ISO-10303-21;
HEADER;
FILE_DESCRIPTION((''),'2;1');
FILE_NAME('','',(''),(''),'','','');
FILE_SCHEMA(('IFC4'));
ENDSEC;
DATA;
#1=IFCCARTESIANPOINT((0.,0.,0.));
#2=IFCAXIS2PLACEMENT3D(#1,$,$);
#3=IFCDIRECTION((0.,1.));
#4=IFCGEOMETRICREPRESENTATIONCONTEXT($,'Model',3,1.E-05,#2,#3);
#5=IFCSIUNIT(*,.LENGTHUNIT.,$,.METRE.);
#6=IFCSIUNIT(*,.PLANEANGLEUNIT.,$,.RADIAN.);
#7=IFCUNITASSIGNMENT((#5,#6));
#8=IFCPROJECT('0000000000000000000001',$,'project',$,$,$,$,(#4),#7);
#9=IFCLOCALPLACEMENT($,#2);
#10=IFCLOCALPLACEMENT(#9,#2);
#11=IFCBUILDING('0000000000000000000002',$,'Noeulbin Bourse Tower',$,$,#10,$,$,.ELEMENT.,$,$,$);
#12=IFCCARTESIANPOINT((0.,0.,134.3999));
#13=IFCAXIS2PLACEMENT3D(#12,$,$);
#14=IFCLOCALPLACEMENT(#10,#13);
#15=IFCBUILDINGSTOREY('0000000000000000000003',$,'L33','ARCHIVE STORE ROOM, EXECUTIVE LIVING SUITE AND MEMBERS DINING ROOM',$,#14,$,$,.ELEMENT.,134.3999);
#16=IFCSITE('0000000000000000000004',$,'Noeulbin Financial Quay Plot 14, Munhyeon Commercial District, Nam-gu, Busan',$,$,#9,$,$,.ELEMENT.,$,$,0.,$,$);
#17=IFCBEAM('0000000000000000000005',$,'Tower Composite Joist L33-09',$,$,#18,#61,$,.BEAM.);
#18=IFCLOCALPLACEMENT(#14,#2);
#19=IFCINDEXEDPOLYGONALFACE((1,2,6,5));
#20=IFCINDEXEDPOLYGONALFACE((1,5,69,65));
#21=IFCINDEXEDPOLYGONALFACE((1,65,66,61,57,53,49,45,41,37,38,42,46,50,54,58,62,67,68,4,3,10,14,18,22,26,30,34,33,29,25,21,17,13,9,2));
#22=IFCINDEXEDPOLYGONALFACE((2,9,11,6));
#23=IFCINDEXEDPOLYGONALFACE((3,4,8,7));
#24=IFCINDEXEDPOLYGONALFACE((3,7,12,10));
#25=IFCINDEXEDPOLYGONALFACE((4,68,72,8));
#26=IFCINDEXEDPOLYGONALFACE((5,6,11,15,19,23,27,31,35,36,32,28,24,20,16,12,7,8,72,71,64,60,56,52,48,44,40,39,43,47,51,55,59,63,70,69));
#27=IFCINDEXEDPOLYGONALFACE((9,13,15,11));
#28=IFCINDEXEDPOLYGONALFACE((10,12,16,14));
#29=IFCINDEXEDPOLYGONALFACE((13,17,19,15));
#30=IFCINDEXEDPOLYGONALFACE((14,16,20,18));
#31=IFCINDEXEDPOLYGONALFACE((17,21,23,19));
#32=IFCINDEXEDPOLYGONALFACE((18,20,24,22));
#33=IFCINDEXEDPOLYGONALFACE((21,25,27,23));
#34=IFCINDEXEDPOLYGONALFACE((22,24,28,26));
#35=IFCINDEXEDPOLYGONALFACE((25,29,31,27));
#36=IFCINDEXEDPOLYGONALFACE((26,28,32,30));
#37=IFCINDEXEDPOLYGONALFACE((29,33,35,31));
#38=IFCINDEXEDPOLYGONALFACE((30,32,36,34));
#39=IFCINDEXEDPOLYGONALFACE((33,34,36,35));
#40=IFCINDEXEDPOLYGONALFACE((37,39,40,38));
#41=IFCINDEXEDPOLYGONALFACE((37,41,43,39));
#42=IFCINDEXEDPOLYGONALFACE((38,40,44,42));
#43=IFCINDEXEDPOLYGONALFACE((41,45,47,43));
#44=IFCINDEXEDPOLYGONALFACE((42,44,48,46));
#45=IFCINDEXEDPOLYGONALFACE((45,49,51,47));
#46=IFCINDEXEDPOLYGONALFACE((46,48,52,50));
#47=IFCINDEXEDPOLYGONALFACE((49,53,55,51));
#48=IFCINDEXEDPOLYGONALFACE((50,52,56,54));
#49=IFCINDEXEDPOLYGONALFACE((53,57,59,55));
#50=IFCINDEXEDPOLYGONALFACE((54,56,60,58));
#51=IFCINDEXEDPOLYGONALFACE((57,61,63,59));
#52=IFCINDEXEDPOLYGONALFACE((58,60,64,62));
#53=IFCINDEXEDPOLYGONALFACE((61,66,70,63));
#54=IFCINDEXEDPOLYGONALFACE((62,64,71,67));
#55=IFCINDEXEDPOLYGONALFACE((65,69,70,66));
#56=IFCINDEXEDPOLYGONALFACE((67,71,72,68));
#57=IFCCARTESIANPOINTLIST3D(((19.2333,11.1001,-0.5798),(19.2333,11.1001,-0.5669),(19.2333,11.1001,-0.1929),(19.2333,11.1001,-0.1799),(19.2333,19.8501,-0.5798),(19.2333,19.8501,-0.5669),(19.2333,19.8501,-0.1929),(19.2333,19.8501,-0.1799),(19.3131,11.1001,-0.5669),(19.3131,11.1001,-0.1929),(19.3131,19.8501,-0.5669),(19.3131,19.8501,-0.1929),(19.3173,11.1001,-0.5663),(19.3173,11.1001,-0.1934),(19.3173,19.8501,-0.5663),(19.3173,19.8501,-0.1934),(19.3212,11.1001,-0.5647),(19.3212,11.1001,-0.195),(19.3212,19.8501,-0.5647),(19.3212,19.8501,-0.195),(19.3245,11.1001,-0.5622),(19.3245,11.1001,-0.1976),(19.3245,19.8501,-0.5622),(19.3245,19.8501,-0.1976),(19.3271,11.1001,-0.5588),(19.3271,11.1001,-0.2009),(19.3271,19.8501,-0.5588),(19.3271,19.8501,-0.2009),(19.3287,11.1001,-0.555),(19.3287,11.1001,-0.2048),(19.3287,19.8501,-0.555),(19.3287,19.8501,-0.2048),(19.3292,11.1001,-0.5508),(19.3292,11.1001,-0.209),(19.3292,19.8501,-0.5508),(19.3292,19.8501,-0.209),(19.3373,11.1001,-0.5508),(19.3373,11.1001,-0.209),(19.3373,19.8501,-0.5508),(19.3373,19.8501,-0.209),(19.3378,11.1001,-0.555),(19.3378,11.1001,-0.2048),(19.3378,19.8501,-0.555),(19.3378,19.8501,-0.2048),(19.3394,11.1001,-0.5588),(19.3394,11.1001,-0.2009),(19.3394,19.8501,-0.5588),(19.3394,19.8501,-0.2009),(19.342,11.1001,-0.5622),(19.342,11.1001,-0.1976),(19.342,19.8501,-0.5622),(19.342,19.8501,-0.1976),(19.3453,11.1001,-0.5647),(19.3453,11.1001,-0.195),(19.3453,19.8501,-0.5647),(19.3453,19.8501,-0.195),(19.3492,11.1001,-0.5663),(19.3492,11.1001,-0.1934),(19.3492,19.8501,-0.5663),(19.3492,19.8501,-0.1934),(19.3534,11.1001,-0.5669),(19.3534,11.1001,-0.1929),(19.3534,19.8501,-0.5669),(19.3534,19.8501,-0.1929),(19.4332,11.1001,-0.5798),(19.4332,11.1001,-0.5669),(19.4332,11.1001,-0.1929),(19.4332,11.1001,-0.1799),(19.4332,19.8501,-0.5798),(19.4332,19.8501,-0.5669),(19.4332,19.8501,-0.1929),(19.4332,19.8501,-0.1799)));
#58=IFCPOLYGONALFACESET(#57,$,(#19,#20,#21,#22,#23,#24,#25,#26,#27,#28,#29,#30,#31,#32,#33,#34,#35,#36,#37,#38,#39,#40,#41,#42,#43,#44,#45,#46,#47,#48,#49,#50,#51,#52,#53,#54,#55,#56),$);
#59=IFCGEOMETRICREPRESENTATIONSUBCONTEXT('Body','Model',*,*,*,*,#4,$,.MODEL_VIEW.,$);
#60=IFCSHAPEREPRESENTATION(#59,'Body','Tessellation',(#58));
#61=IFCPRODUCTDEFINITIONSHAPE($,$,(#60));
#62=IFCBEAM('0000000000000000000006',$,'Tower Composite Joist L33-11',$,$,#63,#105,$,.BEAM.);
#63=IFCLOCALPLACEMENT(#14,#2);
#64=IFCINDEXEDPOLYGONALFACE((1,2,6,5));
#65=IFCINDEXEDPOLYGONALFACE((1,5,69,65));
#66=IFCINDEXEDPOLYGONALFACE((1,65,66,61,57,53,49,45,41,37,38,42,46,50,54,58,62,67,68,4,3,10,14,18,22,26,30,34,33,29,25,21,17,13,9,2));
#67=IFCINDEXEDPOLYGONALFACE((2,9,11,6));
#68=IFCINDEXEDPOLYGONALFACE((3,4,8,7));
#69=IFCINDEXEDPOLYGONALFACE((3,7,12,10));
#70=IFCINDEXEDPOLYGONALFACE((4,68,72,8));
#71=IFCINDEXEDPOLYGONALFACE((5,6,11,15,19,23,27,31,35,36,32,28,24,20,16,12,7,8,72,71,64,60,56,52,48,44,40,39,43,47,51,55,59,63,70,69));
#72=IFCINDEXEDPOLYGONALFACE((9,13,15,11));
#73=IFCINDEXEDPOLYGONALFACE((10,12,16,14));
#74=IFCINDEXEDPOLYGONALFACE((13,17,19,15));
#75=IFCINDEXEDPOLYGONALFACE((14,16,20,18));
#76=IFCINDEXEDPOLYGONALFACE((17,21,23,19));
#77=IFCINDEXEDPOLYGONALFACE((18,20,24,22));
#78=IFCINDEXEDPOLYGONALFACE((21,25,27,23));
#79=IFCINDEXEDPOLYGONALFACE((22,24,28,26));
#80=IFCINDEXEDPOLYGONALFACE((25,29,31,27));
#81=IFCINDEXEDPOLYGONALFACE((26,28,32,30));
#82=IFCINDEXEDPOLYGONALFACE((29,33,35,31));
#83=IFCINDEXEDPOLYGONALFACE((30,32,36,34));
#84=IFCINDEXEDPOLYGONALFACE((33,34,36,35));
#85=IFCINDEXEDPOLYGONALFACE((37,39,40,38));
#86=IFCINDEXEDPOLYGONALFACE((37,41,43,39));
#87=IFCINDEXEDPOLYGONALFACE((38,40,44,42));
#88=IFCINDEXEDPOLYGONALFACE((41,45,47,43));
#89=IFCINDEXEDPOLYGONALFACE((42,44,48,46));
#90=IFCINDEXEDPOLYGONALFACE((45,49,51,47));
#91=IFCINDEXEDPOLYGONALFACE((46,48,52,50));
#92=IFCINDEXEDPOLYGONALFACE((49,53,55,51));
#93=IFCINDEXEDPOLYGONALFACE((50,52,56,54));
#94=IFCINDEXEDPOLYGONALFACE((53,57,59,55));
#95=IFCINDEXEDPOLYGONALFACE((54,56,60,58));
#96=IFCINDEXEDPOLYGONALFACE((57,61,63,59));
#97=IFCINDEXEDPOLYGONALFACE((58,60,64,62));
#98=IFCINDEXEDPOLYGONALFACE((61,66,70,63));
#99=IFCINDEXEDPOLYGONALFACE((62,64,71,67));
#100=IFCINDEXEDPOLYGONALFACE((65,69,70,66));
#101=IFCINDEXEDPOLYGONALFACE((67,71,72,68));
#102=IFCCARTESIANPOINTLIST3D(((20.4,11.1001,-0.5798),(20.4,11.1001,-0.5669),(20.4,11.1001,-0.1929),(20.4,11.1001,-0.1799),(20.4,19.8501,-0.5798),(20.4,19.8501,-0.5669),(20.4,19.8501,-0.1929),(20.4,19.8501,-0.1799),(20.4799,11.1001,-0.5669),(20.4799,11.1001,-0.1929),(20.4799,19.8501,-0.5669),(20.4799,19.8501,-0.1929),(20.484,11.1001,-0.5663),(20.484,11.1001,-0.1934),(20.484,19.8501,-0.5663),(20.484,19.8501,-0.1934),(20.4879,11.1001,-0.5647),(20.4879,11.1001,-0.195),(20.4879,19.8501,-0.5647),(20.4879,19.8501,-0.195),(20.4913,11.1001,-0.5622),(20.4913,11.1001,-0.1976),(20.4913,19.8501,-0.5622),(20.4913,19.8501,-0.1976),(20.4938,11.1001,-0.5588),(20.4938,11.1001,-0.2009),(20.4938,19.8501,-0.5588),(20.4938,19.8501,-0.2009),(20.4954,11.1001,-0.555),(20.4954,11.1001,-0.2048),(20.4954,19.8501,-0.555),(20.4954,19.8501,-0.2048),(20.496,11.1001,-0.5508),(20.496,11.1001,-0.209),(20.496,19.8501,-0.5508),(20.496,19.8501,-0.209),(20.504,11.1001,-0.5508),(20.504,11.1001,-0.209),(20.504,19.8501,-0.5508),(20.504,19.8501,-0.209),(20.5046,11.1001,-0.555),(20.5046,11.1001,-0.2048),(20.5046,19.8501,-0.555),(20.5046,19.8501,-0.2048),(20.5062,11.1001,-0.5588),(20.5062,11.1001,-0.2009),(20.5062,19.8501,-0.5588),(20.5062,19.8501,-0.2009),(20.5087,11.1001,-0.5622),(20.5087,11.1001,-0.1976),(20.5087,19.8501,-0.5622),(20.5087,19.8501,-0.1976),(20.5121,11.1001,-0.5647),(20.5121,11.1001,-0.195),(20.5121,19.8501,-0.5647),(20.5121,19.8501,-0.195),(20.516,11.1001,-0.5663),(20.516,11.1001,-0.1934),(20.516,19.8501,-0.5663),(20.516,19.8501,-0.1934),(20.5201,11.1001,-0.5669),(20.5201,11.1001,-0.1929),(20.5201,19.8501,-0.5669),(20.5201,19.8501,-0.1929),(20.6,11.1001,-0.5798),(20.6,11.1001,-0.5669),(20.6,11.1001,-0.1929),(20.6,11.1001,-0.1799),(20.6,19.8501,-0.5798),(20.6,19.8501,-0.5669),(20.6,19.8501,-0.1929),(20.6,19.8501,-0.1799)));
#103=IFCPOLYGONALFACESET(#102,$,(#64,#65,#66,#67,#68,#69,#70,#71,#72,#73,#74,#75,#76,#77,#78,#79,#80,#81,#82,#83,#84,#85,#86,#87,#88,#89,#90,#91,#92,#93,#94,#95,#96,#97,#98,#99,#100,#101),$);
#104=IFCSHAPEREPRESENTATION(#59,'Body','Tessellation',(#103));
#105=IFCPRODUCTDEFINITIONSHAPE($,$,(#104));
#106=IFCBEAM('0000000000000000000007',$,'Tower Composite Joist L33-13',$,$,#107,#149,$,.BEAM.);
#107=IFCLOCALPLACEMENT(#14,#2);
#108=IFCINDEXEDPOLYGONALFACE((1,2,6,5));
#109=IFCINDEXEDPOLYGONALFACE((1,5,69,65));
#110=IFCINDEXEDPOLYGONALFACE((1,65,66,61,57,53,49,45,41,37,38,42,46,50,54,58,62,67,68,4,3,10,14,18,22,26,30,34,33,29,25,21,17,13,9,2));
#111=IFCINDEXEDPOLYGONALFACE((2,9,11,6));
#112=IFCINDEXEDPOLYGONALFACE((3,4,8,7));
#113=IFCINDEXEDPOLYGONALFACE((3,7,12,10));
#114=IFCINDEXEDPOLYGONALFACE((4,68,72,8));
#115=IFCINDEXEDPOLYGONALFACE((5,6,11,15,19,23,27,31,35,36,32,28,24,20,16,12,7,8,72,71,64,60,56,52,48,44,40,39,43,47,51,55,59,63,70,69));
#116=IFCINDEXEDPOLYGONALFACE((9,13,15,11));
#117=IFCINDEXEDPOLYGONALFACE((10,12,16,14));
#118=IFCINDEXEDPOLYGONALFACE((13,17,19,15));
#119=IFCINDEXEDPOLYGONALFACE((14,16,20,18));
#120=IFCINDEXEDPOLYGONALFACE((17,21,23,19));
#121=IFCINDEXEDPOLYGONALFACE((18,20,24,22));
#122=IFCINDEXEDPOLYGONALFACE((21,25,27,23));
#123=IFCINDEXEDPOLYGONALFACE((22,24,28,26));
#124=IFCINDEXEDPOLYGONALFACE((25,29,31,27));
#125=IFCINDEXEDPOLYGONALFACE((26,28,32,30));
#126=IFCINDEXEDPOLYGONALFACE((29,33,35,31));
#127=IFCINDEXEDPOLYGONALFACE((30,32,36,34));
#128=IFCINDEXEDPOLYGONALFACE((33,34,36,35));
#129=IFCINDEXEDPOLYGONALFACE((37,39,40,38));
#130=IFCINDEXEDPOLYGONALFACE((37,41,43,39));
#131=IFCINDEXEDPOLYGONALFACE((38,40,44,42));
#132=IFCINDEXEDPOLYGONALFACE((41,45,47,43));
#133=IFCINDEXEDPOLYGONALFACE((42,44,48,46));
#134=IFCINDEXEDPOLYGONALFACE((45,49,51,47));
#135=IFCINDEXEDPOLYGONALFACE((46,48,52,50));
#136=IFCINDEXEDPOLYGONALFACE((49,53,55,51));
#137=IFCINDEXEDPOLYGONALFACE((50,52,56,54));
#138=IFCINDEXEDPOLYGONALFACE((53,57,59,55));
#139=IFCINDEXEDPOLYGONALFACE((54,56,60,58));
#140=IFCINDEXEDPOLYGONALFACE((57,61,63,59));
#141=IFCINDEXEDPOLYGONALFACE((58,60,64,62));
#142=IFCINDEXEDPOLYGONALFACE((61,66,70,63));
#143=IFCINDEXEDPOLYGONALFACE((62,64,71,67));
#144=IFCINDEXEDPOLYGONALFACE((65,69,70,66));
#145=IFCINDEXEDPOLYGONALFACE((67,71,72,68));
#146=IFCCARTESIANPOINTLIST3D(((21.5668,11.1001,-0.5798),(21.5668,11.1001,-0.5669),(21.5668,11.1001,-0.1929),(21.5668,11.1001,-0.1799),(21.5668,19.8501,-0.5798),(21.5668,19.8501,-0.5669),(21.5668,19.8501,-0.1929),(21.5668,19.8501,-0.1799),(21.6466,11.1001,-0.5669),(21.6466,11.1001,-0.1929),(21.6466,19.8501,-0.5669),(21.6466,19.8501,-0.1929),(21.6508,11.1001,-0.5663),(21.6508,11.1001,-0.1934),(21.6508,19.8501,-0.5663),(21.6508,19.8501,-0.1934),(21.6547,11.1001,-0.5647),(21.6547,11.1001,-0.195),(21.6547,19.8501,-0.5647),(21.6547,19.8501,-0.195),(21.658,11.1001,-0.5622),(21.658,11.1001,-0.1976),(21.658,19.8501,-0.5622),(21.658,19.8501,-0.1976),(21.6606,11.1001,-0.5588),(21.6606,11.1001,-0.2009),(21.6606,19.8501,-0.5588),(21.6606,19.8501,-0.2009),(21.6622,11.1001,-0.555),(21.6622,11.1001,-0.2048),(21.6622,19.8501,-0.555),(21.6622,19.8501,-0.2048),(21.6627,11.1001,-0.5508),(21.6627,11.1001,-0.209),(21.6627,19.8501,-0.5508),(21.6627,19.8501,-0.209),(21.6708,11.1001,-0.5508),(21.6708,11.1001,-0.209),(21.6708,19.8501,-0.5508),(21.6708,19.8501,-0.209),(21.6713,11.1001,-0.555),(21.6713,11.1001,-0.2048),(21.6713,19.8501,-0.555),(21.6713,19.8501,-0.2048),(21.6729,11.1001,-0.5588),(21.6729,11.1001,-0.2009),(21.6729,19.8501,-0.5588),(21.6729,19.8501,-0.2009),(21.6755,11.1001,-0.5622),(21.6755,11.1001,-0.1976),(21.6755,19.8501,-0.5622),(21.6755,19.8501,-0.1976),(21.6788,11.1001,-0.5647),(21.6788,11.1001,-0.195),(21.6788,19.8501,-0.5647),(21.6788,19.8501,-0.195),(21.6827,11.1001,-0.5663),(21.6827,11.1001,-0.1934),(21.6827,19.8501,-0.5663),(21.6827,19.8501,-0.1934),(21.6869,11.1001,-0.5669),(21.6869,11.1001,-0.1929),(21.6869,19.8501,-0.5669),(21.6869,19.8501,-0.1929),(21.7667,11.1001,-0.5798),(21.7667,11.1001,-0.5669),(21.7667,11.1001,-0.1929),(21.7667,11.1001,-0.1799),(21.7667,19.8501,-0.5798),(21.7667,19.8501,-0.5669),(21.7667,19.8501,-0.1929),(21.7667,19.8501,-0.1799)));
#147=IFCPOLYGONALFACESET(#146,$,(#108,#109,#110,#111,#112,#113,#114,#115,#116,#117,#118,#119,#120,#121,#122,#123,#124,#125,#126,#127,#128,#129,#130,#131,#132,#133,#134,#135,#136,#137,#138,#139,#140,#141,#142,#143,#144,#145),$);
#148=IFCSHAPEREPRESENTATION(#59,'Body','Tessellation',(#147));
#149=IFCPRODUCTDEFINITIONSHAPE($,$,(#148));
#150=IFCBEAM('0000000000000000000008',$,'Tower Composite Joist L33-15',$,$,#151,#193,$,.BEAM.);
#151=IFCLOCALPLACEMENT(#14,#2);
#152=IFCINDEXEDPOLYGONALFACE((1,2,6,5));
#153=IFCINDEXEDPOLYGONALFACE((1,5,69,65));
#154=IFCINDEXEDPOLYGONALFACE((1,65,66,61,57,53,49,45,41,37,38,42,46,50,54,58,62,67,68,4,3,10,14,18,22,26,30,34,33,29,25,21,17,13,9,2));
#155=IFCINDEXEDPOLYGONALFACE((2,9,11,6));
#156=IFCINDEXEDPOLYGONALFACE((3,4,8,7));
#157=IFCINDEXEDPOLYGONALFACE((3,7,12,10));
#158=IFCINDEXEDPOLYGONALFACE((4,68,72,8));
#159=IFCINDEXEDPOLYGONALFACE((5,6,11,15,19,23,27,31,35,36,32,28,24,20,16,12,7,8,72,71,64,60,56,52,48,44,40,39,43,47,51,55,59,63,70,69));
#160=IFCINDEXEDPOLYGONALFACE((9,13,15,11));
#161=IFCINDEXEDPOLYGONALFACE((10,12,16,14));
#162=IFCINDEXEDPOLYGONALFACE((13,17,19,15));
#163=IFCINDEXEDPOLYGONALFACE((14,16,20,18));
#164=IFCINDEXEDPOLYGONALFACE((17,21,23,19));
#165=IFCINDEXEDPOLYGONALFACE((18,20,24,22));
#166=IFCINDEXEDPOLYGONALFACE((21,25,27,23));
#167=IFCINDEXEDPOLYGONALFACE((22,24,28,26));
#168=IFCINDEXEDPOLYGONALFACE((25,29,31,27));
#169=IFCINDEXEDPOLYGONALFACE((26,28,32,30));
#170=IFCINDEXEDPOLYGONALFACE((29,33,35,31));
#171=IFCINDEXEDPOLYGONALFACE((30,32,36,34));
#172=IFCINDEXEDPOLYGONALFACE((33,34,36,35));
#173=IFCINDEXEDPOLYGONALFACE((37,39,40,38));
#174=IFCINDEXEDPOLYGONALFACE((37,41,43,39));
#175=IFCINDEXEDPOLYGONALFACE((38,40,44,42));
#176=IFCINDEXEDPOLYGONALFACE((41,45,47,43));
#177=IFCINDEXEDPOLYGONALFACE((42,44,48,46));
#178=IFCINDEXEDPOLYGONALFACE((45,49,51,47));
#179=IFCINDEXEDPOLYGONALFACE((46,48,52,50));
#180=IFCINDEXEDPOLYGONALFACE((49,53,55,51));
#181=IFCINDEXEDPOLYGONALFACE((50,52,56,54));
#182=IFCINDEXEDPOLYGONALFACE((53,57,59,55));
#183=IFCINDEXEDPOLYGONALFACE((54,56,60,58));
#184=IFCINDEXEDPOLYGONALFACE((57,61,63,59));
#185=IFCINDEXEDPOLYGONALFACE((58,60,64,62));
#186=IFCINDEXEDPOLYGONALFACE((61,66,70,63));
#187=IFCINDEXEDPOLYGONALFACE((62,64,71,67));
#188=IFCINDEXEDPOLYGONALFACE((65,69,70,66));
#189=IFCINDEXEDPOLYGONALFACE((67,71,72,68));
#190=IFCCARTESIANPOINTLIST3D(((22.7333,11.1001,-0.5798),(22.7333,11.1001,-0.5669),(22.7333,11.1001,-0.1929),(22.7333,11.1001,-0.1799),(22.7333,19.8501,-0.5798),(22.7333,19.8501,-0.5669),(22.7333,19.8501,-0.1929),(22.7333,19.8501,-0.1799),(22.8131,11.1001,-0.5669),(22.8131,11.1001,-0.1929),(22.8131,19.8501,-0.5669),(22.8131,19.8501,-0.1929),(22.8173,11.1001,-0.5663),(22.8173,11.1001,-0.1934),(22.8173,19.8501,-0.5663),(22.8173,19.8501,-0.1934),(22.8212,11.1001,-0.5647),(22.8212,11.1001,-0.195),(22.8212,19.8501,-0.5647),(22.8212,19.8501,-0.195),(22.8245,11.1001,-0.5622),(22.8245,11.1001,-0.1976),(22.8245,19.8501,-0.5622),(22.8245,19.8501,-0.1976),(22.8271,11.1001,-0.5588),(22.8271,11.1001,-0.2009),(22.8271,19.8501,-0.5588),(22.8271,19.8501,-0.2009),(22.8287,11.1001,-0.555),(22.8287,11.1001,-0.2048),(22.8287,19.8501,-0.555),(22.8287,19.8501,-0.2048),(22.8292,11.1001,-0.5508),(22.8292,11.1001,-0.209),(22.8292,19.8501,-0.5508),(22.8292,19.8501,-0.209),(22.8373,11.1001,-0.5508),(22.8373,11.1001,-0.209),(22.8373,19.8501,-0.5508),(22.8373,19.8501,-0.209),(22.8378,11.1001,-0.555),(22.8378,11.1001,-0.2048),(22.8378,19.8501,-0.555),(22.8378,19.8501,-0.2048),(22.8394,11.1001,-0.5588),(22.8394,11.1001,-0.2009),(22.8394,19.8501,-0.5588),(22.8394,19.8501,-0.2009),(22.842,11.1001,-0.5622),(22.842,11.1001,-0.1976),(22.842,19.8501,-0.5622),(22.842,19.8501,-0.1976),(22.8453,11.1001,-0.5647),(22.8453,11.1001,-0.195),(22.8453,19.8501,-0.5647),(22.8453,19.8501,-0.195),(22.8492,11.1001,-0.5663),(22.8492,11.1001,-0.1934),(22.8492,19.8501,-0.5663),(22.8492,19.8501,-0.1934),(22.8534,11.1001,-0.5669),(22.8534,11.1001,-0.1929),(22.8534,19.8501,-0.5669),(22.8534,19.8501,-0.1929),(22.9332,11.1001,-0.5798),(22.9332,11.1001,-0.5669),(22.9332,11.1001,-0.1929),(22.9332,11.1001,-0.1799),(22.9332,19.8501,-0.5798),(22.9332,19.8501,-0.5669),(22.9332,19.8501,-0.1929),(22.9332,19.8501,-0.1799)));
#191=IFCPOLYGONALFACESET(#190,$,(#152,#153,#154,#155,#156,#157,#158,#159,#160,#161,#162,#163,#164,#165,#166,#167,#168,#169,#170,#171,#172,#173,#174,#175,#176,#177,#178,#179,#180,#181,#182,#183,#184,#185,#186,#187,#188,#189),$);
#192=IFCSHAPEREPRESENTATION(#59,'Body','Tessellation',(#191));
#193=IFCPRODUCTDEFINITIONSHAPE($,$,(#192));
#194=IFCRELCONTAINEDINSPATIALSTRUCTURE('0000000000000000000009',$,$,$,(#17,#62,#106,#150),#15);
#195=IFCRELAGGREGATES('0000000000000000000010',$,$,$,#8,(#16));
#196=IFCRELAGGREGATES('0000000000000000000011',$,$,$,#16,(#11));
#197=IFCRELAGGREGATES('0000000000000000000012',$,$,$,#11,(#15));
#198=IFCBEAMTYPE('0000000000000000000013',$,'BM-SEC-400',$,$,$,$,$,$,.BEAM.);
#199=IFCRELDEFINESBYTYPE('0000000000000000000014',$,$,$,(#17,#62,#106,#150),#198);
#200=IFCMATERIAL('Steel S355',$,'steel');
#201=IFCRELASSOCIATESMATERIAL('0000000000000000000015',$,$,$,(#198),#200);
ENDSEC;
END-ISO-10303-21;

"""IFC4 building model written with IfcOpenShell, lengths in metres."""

from ifc_helpers import new_model, si_unit, direction, frame, origin, origin_2d, place, context, subcontext, project, spatial, i_section, extrude, material, material_profile, profile_set, type_object, element, save


model = new_model("IFC4")

# Units and contexts
model_context = context("Model", 3, precision=1e-05, world=origin(), true_north=direction((0.0, 1.0)))
body_context = subcontext(model_context, "Body", "Model", "MODEL_VIEW")
ifc_project = project(units=[si_unit("LENGTHUNIT", "METRE"), si_unit("PLANEANGLEUNIT", "RADIAN")], contexts=[model_context])

# Site, building, storey
site_placement = place(None, origin())
site = spatial("IfcSite", under=ifc_project, at=site_placement, Name="Noeulbin Financial Quay Plot 14, Munhyeon Commercial District, Nam-gu, Busan", CompositionType="ELEMENT", RefElevation=0.0)
building_placement = place(site_placement, origin())
building = spatial("IfcBuilding", under=site, at=building_placement, Name="Noeulbin Bourse Tower", CompositionType="ELEMENT")
storey_placement = place(building_placement, frame((0.0, 0.0, 134.3999)))
storey = spatial("IfcBuildingStorey", under=building, at=storey_placement, Name="L33", Description="ARCHIVE STORE ROOM, EXECUTIVE LIVING SUITE AND MEMBERS DINING ROOM", CompositionType="ELEMENT", Elevation=134.3999)

# Beams
ifc_material_1 = material(Name="Steel S355", Category="steel")
ifc_material_profile_1 = material_profile(ifc_material_1, i_section(OverallWidth=0.2, OverallDepth=0.3999, WebThickness=0.0081, FlangeThickness=0.0129, FilletRadius=0.0161, at=origin_2d()), Name="H-400x200x8x13", Category="LoadBearing")
ifc_profile_set_1 = profile_set([ifc_material_profile_1], Name="Steel S355")
beam_type_1 = type_object("IfcBeamType", Name="BM-SEC-400", PredefinedType="BEAM", material=ifc_profile_set_1)
for number, where, z_axis, x_axis, name in (
    (1, (19.3333, 11.1001, -0.3799), (0.0, 1.0, 0.0), (-1.0, 0.0, 0.0), "Tower Composite Joist L33-09"),
    (2, (20.5, 11.1001, -0.3799), (0.0, 1.0, 0.0), (-1.0, 0.0, 0.0), "Tower Composite Joist L33-11"),
    (3, (21.6667, 11.1001, -0.3799), (0.0, 1.0, 0.0), (-1.0, 0.0, 0.0), "Tower Composite Joist L33-13"),
    (4, (22.8333, 11.1001, -0.3799), (0.0, 1.0, 0.0), (-1.0, 0.0, 0.0), "Tower Composite Joist L33-15"),
):
    element("IfcBeam", number, at=place(storey_placement, frame(where, z_axis=z_axis, x_axis=x_axis)), inside=storey, type_object=beam_type_1, Name=name, PredefinedType="BEAM", context=body_context, shape_type="SweptSolid", body=[
        extrude(i_section(OverallWidth=0.2, OverallDepth=0.3999, WebThickness=0.0081, FlangeThickness=0.0129, FilletRadius=0.0161, at=origin_2d()), origin(), (0.0, 0.0, 1.0), 8.75),
    ])

save(model, "model.ifc")
